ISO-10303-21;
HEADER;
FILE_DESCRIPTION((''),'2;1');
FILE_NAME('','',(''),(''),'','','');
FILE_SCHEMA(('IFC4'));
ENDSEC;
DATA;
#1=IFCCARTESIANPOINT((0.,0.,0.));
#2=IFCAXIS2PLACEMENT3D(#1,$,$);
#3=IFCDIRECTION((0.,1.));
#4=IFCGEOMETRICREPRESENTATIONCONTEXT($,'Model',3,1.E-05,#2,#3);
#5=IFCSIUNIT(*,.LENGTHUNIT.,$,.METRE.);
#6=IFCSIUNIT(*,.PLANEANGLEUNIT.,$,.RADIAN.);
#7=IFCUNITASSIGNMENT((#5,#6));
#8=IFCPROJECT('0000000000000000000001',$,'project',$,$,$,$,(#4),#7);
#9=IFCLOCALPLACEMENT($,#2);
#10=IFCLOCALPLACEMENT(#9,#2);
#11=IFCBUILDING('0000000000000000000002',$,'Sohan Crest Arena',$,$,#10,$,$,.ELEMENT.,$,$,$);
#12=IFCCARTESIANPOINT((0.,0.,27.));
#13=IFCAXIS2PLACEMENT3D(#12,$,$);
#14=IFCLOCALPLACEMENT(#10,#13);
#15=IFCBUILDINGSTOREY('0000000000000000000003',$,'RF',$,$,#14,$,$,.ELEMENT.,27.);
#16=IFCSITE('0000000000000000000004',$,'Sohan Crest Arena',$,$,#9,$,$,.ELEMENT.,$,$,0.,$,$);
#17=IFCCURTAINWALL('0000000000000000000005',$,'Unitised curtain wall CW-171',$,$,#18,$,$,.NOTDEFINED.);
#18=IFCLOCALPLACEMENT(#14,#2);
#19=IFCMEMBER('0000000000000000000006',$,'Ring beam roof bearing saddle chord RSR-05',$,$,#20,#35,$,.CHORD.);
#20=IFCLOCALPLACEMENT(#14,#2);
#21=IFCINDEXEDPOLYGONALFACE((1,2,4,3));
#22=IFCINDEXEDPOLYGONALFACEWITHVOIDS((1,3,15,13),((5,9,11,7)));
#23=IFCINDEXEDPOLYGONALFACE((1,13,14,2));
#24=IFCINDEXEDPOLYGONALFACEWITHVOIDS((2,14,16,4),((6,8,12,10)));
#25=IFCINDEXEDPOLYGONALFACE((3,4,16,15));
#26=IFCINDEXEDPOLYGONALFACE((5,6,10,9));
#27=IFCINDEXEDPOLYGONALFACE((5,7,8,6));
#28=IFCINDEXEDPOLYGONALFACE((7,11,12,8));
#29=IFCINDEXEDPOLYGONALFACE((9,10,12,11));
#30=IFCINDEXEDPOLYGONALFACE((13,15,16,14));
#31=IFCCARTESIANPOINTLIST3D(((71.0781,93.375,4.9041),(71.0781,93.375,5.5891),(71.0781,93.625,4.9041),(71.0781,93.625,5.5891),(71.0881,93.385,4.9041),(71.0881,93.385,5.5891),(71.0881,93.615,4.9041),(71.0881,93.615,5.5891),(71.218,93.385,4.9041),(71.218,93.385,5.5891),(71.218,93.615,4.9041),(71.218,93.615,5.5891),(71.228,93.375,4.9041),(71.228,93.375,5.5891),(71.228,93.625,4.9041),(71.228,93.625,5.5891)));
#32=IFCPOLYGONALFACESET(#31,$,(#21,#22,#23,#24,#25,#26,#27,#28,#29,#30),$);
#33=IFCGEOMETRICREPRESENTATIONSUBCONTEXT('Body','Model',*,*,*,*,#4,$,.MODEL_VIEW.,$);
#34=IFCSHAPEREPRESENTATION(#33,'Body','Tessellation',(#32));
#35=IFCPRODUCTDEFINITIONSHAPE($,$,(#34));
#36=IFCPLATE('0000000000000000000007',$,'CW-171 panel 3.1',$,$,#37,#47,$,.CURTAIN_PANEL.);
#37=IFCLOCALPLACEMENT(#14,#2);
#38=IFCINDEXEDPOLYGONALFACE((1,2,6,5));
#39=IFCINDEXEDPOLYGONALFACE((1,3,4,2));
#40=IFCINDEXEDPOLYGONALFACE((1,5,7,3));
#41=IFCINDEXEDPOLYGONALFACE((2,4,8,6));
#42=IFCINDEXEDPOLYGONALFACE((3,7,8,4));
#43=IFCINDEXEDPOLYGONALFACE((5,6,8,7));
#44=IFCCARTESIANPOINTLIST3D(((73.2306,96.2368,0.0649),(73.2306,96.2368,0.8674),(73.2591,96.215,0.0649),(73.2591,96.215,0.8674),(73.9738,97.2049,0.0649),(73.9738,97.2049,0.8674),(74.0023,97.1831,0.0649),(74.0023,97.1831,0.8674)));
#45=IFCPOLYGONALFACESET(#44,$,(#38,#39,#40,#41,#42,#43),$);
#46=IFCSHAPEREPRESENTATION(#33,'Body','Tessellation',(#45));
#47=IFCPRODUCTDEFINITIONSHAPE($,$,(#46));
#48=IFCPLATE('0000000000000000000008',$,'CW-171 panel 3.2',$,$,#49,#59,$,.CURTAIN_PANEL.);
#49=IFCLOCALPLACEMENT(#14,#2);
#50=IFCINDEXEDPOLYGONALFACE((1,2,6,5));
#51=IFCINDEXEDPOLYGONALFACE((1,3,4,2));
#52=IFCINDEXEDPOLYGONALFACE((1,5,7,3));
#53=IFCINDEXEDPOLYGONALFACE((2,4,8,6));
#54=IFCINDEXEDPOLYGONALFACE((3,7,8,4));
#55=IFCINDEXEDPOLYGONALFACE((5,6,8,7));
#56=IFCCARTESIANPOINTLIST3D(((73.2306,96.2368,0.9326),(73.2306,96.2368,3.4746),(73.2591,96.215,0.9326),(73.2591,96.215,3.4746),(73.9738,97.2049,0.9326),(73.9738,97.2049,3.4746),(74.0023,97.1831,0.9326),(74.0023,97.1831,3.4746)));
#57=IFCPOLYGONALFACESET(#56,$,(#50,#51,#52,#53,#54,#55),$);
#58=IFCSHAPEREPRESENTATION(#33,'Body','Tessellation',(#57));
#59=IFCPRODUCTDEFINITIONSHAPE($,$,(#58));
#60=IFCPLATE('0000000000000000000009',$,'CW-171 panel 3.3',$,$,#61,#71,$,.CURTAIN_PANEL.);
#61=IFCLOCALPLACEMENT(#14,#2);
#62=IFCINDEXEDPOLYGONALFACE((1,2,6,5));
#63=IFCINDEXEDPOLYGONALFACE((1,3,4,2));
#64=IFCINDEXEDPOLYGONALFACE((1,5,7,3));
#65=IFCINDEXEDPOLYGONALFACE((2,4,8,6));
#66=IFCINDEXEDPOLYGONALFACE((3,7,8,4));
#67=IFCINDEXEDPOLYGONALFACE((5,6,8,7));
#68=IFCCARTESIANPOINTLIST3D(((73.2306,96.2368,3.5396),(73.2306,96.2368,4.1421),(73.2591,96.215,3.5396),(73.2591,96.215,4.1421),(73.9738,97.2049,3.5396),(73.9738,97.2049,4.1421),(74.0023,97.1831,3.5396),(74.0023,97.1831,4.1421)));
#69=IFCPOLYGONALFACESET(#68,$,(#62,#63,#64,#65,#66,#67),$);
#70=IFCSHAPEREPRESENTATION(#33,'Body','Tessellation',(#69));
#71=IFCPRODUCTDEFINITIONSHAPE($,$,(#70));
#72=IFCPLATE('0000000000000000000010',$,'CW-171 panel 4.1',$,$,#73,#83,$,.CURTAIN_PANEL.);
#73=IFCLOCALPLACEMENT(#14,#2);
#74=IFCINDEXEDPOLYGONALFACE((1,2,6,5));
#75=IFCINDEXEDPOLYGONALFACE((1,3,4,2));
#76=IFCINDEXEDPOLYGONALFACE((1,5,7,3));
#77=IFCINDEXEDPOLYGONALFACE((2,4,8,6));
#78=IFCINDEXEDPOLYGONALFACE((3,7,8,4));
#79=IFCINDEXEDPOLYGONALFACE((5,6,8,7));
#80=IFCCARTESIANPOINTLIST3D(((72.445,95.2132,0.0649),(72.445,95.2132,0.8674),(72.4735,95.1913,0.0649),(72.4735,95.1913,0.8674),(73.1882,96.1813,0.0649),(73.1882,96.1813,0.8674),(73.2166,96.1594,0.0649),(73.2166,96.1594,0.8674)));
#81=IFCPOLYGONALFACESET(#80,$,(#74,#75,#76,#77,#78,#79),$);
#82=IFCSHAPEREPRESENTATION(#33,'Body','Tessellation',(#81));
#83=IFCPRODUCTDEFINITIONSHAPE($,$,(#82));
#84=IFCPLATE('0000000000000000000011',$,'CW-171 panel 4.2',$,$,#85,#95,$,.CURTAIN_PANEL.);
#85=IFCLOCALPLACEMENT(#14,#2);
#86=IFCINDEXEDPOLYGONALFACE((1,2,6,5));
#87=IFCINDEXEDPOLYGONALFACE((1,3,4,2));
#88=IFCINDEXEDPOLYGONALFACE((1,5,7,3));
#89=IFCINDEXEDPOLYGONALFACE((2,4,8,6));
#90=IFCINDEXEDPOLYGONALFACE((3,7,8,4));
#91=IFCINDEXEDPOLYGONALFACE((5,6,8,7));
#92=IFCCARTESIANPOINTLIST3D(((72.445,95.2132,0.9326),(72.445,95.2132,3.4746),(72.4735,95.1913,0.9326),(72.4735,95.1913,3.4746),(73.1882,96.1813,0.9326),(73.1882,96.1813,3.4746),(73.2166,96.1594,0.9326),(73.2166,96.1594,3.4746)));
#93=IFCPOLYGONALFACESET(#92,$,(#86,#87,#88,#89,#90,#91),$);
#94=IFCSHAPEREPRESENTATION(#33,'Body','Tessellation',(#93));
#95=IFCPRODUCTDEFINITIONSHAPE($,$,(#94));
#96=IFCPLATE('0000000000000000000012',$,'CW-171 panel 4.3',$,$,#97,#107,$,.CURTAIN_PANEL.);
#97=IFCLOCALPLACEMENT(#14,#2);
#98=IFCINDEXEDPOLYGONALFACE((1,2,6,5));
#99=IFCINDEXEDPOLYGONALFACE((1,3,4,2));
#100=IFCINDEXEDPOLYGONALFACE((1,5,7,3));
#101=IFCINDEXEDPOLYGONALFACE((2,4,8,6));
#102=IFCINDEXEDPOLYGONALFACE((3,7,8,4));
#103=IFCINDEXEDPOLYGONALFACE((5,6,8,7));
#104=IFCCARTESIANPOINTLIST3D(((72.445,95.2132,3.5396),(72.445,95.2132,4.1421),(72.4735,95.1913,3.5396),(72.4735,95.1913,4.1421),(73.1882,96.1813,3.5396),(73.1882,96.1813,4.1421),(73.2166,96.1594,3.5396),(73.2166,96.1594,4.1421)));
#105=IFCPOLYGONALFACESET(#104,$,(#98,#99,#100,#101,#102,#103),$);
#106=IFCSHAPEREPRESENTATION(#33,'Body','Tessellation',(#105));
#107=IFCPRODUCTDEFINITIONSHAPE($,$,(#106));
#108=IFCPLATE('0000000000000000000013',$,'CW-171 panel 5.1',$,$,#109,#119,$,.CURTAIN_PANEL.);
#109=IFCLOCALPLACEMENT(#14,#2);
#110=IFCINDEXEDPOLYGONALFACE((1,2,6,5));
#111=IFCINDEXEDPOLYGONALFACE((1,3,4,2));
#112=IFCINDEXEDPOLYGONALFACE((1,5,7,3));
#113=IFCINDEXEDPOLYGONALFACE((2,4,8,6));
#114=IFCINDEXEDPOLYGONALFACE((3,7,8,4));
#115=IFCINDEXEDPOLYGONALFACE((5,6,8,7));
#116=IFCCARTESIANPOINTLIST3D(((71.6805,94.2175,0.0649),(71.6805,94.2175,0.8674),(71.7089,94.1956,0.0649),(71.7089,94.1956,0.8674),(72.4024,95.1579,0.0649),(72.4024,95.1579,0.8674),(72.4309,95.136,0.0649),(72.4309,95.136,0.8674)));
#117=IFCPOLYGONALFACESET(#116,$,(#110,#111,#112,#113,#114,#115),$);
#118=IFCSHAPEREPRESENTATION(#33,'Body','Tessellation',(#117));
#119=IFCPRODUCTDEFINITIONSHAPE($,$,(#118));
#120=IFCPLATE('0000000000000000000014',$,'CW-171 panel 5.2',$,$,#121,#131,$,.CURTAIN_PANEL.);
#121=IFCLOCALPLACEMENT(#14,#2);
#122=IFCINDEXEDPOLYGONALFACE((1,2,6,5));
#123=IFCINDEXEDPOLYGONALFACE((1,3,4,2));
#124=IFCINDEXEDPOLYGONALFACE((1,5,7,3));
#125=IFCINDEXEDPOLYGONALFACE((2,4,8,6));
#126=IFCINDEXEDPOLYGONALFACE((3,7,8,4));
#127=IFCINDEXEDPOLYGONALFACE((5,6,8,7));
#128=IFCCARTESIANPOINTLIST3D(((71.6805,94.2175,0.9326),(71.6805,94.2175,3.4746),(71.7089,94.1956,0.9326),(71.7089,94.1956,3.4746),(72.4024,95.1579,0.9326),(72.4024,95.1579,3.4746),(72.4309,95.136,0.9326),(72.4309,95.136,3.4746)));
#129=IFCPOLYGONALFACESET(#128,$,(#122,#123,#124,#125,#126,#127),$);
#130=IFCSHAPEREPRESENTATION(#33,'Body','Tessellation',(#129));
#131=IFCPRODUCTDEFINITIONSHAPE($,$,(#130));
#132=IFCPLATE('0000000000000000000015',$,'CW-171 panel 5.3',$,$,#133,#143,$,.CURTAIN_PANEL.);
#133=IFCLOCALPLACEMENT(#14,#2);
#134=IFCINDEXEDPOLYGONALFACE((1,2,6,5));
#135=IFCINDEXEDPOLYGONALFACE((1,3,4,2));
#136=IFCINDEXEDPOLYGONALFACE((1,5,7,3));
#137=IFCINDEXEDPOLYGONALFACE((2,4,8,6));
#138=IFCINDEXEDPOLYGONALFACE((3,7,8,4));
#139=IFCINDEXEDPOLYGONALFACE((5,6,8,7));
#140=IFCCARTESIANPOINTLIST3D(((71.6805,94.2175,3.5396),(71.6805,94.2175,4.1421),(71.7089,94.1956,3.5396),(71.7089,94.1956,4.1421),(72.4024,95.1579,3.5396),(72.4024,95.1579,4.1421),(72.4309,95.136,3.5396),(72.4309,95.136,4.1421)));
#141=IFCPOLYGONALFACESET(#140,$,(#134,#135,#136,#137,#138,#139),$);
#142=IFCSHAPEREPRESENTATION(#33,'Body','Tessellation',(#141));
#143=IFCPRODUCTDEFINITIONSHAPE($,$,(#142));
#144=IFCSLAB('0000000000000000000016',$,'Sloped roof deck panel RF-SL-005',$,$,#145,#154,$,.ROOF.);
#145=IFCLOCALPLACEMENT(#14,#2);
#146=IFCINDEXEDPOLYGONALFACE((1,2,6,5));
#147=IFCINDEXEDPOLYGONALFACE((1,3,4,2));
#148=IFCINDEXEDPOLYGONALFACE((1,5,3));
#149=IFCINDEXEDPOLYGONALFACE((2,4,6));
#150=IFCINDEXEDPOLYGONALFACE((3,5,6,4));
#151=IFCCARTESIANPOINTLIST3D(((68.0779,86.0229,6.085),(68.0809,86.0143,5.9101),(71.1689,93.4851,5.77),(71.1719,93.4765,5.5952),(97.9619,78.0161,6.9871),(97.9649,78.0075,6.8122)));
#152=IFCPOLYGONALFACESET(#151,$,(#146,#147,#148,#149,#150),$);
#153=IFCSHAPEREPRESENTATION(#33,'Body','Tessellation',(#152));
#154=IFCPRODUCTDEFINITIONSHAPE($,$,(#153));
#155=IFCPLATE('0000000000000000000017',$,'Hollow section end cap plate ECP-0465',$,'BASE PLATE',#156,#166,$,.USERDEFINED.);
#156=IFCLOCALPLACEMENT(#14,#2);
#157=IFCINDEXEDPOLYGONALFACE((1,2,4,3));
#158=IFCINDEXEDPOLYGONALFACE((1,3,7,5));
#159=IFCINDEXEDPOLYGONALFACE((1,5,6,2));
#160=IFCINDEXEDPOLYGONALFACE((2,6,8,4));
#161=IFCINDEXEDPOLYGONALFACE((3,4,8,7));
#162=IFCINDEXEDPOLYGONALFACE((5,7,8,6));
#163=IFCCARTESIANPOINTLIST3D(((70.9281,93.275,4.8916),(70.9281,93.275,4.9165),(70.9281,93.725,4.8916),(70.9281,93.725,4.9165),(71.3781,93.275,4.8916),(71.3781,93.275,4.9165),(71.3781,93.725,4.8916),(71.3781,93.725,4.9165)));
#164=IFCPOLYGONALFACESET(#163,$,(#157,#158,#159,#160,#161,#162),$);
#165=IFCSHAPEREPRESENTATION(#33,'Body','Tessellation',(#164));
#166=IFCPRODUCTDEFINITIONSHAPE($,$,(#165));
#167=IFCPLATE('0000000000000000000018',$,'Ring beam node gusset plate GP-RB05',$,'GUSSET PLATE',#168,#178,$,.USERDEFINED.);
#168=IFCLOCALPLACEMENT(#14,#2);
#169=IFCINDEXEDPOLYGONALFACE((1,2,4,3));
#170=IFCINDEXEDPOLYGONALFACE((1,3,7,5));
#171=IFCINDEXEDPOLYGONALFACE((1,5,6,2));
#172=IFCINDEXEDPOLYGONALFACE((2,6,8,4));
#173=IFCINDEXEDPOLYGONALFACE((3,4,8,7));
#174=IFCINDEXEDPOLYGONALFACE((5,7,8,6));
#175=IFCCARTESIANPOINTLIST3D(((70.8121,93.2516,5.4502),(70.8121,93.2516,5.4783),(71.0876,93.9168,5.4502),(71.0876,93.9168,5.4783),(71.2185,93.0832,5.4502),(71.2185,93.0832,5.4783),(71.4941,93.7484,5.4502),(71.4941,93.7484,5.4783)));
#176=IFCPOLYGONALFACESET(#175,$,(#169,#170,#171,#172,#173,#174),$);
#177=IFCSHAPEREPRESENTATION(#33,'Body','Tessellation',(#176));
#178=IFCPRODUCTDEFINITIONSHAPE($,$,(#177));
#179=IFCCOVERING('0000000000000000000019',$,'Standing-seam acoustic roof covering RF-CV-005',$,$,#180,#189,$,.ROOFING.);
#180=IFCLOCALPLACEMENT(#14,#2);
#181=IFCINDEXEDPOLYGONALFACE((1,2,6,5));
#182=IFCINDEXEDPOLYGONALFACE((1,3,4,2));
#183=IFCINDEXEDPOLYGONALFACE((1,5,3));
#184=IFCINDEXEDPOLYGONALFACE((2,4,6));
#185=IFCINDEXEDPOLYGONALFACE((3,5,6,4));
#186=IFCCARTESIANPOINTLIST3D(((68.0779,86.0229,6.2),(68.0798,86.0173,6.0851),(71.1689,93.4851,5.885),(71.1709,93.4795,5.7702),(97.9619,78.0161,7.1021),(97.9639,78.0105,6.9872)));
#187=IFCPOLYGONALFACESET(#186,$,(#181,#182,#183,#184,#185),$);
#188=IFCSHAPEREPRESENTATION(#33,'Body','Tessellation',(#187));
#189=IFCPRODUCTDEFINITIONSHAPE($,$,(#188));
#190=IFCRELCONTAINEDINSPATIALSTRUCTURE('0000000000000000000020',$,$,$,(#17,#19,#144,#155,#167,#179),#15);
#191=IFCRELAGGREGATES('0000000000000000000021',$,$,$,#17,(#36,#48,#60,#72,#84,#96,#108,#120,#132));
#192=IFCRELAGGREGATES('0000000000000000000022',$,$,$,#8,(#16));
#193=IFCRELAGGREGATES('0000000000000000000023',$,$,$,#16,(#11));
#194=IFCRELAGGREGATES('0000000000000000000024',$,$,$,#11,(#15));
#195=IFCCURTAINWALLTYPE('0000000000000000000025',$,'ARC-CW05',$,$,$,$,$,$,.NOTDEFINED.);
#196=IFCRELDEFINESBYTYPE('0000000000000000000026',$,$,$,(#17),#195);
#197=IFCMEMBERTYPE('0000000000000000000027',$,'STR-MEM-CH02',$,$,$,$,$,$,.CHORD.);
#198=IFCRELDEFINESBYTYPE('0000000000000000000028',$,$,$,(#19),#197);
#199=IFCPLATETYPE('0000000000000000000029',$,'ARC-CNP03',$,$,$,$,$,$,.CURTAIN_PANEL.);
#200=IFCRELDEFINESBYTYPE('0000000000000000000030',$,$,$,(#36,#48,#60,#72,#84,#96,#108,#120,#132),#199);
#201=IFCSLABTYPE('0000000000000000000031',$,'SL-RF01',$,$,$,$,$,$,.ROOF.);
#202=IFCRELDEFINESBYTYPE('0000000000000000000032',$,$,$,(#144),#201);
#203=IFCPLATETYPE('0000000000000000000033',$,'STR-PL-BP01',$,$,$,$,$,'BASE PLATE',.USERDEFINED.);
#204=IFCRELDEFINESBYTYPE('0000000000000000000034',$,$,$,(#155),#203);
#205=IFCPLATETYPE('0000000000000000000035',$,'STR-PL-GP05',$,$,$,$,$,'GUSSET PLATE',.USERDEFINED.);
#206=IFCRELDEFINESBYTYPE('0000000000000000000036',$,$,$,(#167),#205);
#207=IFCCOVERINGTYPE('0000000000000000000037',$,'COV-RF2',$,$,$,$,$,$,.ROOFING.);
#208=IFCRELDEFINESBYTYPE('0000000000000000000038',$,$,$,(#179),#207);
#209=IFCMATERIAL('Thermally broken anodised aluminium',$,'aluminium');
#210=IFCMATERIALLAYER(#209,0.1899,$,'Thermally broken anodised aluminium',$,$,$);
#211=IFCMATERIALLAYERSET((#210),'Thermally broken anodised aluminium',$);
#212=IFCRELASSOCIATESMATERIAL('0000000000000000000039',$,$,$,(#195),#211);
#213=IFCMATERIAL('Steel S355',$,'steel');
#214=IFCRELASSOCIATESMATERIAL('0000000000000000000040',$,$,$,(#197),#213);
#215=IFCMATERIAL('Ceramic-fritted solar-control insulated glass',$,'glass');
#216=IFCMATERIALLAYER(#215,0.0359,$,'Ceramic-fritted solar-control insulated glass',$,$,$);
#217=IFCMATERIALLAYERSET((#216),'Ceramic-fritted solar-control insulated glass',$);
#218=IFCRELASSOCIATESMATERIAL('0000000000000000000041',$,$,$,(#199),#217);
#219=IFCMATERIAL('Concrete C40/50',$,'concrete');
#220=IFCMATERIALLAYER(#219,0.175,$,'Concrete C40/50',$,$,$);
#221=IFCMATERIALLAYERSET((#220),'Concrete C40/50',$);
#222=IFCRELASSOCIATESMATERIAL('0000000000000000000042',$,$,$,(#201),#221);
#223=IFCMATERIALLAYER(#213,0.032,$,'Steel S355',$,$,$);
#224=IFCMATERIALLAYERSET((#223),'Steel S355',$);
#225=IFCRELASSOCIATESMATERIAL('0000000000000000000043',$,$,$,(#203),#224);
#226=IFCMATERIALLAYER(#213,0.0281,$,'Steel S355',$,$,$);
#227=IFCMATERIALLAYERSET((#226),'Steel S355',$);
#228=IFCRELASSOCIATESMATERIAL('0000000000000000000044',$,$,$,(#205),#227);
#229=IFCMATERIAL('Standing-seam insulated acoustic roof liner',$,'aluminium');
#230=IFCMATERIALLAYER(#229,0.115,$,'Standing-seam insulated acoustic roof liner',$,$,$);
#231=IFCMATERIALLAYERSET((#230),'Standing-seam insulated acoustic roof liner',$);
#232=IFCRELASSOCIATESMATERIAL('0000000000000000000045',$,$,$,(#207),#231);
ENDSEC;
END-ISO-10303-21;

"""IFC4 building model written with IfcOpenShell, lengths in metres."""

from ifc_helpers import new_model, si_unit, direction, frame, origin, origin_2d, place, context, subcontext, project, spatial, polyline, rectangle, hollow_rectangle, outline, extrude, material, layer, layer_set, material_profile, profile_set, type_object, element, aggregate, save


model = new_model("IFC4")

# Units and contexts
model_context = context("Model", 3, precision=1e-05, world=origin(), true_north=direction((0.0, 1.0)))
body_context = subcontext(model_context, "Body", "Model", "MODEL_VIEW")
ifc_project = project(units=[si_unit("LENGTHUNIT", "METRE"), si_unit("PLANEANGLEUNIT", "RADIAN")], contexts=[model_context])

# Site, building, storey
site_placement = place(None, origin())
site = spatial("IfcSite", under=ifc_project, at=site_placement, Name="Sohan Crest Arena", CompositionType="ELEMENT", RefElevation=0.0)
building_placement = place(site_placement, origin())
building = spatial("IfcBuilding", under=site, at=building_placement, Name="Sohan Crest Arena", CompositionType="ELEMENT")
storey_placement = place(building_placement, frame((0.0, 0.0, 27.0)))
storey = spatial("IfcBuildingStorey", under=building, at=storey_placement, Name="RF", CompositionType="ELEMENT", Elevation=27.0)

# Curtain wall
ifc_material_1 = material(Name="Thermally broken anodised aluminium", Category="aluminium")
ifc_layer_1 = layer(ifc_material_1, 0.1899, Name="Thermally broken anodised aluminium")
ifc_layer_set_1 = layer_set([ifc_layer_1], Name="Thermally broken anodised aluminium")
curtain_wall_type = type_object("IfcCurtainWallType", Name="ARC-CW05", PredefinedType="NOTDEFINED", material=ifc_layer_set_1)
curtain_wall_placement = place(storey_placement, origin())
curtain_wall = element("IfcCurtainWall", 1, at=curtain_wall_placement, inside=storey, type_object=curtain_wall_type, Name="Unitised curtain wall CW-171", PredefinedType="NOTDEFINED")

# Member
ifc_material_2 = material(Name="Steel S355", Category="steel")
ifc_material_profile_1 = material_profile(ifc_material_2, hollow_rectangle(XDim=0.1499, YDim=0.25, WallThickness=0.01, at=origin_2d()), Name="RHS 250x150x10")
ifc_profile_set_1 = profile_set([ifc_material_profile_1], Name="Steel S355")
member_type_1 = type_object("IfcMemberType", Name="STR-MEM-CH02", PredefinedType="CHORD", material=ifc_profile_set_1)
member_1_placement = place(storey_placement, frame((71.1531, 93.5, 4.9041), z_axis=(0.0, 0.0, 1.0), x_axis=(1.0, 0.0, 0.0)))
element("IfcMember", 2, at=member_1_placement, inside=storey, type_object=member_type_1, Name="Ring beam roof bearing saddle chord RSR-05", PredefinedType="CHORD", context=body_context, shape_type="SweptSolid", body=[
    extrude(hollow_rectangle(XDim=0.1499, YDim=0.25, WallThickness=0.01, at=origin_2d()), origin(), (0.0, 0.0, 1.0), 0.6851),
])

# Plates
ifc_material_3 = material(Name="Ceramic-fritted solar-control insulated glass", Category="glass")
ifc_layer_2 = layer(ifc_material_3, 0.0359, Name="Ceramic-fritted solar-control insulated glass")
ifc_layer_set_2 = layer_set([ifc_layer_2], Name="Ceramic-fritted solar-control insulated glass")
plate_type_1 = type_object("IfcPlateType", Name="ARC-CNP03", PredefinedType="CURTAIN_PANEL", material=ifc_layer_set_2)
plate_1_placement = place(storey_placement, frame((73.6165, 96.71, 0.0649), z_axis=(0.0, 0.0, 1.0), x_axis=(-0.608939, -0.793217, 0.0)))
plate_1 = element("IfcPlate", 3, at=plate_1_placement, type_object=plate_type_1, Name="CW-171 panel 3.1", PredefinedType="CURTAIN_PANEL", context=body_context, shape_type="SweptSolid", body=[
    extrude(rectangle(XDim=1.2205, YDim=0.0359, at=origin_2d()), origin(), (0.0, 0.0, 1.0), 0.8025),
])
plate_2_placement = place(storey_placement, frame((73.6165, 96.71, 0.9326), z_axis=(0.0, 0.0, 1.0), x_axis=(-0.608939, -0.793217, 0.0)))
plate_2 = element("IfcPlate", 4, at=plate_2_placement, type_object=plate_type_1, Name="CW-171 panel 3.2", PredefinedType="CURTAIN_PANEL", context=body_context, shape_type="SweptSolid", body=[
    extrude(rectangle(XDim=1.2205, YDim=0.0359, at=origin_2d()), origin(), (0.0, 0.0, 1.0), 2.542),
])
plate_3_placement = place(storey_placement, frame((73.6165, 96.71, 3.5396), z_axis=(0.0, 0.0, 1.0), x_axis=(-0.608939, -0.793217, 0.0)))
plate_3 = element("IfcPlate", 5, at=plate_3_placement, type_object=plate_type_1, Name="CW-171 panel 3.3", PredefinedType="CURTAIN_PANEL", context=body_context, shape_type="SweptSolid", body=[
    extrude(rectangle(XDim=1.2205, YDim=0.0359, at=origin_2d()), origin(), (0.0, 0.0, 1.0), 0.6025),
])
plate_4_placement = place(storey_placement, frame((72.8308, 95.6863, 0.0649), z_axis=(0.0, 0.0, 1.0), x_axis=(-0.608939, -0.793217, 0.0)))
plate_4 = element("IfcPlate", 6, at=plate_4_placement, type_object=plate_type_1, Name="CW-171 panel 4.1", PredefinedType="CURTAIN_PANEL", context=body_context, shape_type="SweptSolid", body=[
    extrude(rectangle(XDim=1.2205, YDim=0.0359, at=origin_2d()), origin(), (0.0, 0.0, 1.0), 0.8025),
])
plate_5_placement = place(storey_placement, frame((72.8308, 95.6863, 0.9326), z_axis=(0.0, 0.0, 1.0), x_axis=(-0.608939, -0.793217, 0.0)))
plate_5 = element("IfcPlate", 7, at=plate_5_placement, type_object=plate_type_1, Name="CW-171 panel 4.2", PredefinedType="CURTAIN_PANEL", context=body_context, shape_type="SweptSolid", body=[
    extrude(rectangle(XDim=1.2205, YDim=0.0359, at=origin_2d()), origin(), (0.0, 0.0, 1.0), 2.542),
])
plate_6_placement = place(storey_placement, frame((72.8308, 95.6863, 3.5396), z_axis=(0.0, 0.0, 1.0), x_axis=(-0.608939, -0.793217, 0.0)))
plate_6 = element("IfcPlate", 8, at=plate_6_placement, type_object=plate_type_1, Name="CW-171 panel 4.3", PredefinedType="CURTAIN_PANEL", context=body_context, shape_type="SweptSolid", body=[
    extrude(rectangle(XDim=1.2205, YDim=0.0359, at=origin_2d()), origin(), (0.0, 0.0, 1.0), 0.6025),
])
plate_7_placement = place(storey_placement, frame((72.0557, 94.6768, 0.0649), z_axis=(0.0, 0.0, 1.0), x_axis=(-0.608939, -0.793217, 0.0)))
plate_7 = element("IfcPlate", 9, at=plate_7_placement, type_object=plate_type_1, Name="CW-171 panel 5.1", PredefinedType="CURTAIN_PANEL", context=body_context, shape_type="SweptSolid", body=[
    extrude(rectangle(XDim=1.1855, YDim=0.0359, at=origin_2d()), origin(), (0.0, 0.0, 1.0), 0.8025),
])
plate_8_placement = place(storey_placement, frame((72.0557, 94.6768, 0.9326), z_axis=(0.0, 0.0, 1.0), x_axis=(-0.608939, -0.793217, 0.0)))
plate_8 = element("IfcPlate", 10, at=plate_8_placement, type_object=plate_type_1, Name="CW-171 panel 5.2", PredefinedType="CURTAIN_PANEL", context=body_context, shape_type="SweptSolid", body=[
    extrude(rectangle(XDim=1.1855, YDim=0.0359, at=origin_2d()), origin(), (0.0, 0.0, 1.0), 2.542),
])
plate_9_placement = place(storey_placement, frame((72.0557, 94.6768, 3.5396), z_axis=(0.0, 0.0, 1.0), x_axis=(-0.608939, -0.793217, 0.0)))
plate_9 = element("IfcPlate", 11, at=plate_9_placement, type_object=plate_type_1, Name="CW-171 panel 5.3", PredefinedType="CURTAIN_PANEL", context=body_context, shape_type="SweptSolid", body=[
    extrude(rectangle(XDim=1.1855, YDim=0.0359, at=origin_2d()), origin(), (0.0, 0.0, 1.0), 0.6025),
])
aggregate(curtain_wall, [plate_1, plate_2, plate_3, plate_4, plate_5, plate_6, plate_7, plate_8, plate_9])

# Slab
ifc_material_4 = material(Name="Concrete C40/50", Category="concrete")
ifc_layer_3 = layer(ifc_material_4, 0.175, Name="Concrete C40/50")
ifc_layer_set_3 = layer_set([ifc_layer_3], Name="Concrete C40/50")
slab_type = type_object("IfcSlabType", Name="SL-RF01", PredefinedType="ROOF", material=ifc_layer_set_3)
slab_placement = place(storey_placement, frame((71.1689, 93.4851, 5.77), z_axis=(-0.01697, 0.049177, 0.998646), x_axis=(-0.382407, -0.923172, 0.038963)))
element("IfcSlab", 12, at=slab_placement, inside=storey, type_object=slab_type, Name="Sloped roof deck panel RF-SL-005", PredefinedType="ROOF", context=body_context, shape_type="SweptSolid", body=[
    extrude(outline(polyline([(0.0, 0.0), (8.0832, 0.0), (4.0821, 30.6915), (0.0, 0.0)])), origin(), (0.0, 0.0, -1.0), 0.175),
])

# Plates
ifc_layer_4 = layer(ifc_material_2, 0.032, Name="Steel S355")
ifc_layer_set_4 = layer_set([ifc_layer_4], Name="Steel S355")
plate_type_2 = type_object("IfcPlateType", Name="STR-PL-BP01", ElementType="BASE PLATE", PredefinedType="USERDEFINED", material=ifc_layer_set_4)
plate_10_placement = place(storey_placement, frame((71.1531, 93.5, 4.8916), z_axis=(0.0, 0.0, 1.0), x_axis=(1.0, 0.0, 0.0)))
element("IfcPlate", 13, at=plate_10_placement, inside=storey, type_object=plate_type_2, Name="Hollow section end cap plate ECP-0465", ObjectType="BASE PLATE", PredefinedType="USERDEFINED", context=body_context, shape_type="SweptSolid", body=[
    extrude(rectangle(XDim=0.45, YDim=0.45, at=origin_2d()), origin(), (0.0, 0.0, 1.0), 0.0249),
])
ifc_layer_5 = layer(ifc_material_2, 0.0281, Name="Steel S355")
ifc_layer_set_5 = layer_set([ifc_layer_5], Name="Steel S355")
plate_type_3 = type_object("IfcPlateType", Name="STR-PL-GP05", ElementType="GUSSET PLATE", PredefinedType="USERDEFINED", material=ifc_layer_set_5)
plate_11_placement = place(storey_placement, frame((71.1531, 93.5, 5.4502), z_axis=(0.0, 0.0, 1.0), x_axis=(0.382683, 0.92388, 0.0)))
element("IfcPlate", 14, at=plate_11_placement, inside=storey, type_object=plate_type_3, Name="Ring beam node gusset plate GP-RB05", ObjectType="GUSSET PLATE", PredefinedType="USERDEFINED", context=body_context, shape_type="SweptSolid", body=[
    extrude(rectangle(XDim=0.72, YDim=0.4399, at=origin_2d()), origin(), (0.0, 0.0, 1.0), 0.0281),
])

# Covering
ifc_material_5 = material(Name="Standing-seam insulated acoustic roof liner", Category="aluminium")
ifc_layer_6 = layer(ifc_material_5, 0.115, Name="Standing-seam insulated acoustic roof liner")
ifc_layer_set_6 = layer_set([ifc_layer_6], Name="Standing-seam insulated acoustic roof liner")
covering_type = type_object("IfcCoveringType", Name="COV-RF2", PredefinedType="ROOFING", material=ifc_layer_set_6)
covering_placement = place(storey_placement, frame((71.1689, 93.4851, 5.885), z_axis=(-0.01697, 0.049177, 0.998646), x_axis=(-0.382407, -0.923172, 0.038963)))
element("IfcCovering", 15, at=covering_placement, inside=storey, type_object=covering_type, Name="Standing-seam acoustic roof covering RF-CV-005", PredefinedType="ROOFING", context=body_context, shape_type="SweptSolid", body=[
    extrude(outline(polyline([(0.0, 0.0), (8.0832, 0.0), (4.0821, 30.6915), (0.0, 0.0)])), origin(), (0.0, 0.0, -1.0), 0.115),
])

save(model, "model.ifc")
